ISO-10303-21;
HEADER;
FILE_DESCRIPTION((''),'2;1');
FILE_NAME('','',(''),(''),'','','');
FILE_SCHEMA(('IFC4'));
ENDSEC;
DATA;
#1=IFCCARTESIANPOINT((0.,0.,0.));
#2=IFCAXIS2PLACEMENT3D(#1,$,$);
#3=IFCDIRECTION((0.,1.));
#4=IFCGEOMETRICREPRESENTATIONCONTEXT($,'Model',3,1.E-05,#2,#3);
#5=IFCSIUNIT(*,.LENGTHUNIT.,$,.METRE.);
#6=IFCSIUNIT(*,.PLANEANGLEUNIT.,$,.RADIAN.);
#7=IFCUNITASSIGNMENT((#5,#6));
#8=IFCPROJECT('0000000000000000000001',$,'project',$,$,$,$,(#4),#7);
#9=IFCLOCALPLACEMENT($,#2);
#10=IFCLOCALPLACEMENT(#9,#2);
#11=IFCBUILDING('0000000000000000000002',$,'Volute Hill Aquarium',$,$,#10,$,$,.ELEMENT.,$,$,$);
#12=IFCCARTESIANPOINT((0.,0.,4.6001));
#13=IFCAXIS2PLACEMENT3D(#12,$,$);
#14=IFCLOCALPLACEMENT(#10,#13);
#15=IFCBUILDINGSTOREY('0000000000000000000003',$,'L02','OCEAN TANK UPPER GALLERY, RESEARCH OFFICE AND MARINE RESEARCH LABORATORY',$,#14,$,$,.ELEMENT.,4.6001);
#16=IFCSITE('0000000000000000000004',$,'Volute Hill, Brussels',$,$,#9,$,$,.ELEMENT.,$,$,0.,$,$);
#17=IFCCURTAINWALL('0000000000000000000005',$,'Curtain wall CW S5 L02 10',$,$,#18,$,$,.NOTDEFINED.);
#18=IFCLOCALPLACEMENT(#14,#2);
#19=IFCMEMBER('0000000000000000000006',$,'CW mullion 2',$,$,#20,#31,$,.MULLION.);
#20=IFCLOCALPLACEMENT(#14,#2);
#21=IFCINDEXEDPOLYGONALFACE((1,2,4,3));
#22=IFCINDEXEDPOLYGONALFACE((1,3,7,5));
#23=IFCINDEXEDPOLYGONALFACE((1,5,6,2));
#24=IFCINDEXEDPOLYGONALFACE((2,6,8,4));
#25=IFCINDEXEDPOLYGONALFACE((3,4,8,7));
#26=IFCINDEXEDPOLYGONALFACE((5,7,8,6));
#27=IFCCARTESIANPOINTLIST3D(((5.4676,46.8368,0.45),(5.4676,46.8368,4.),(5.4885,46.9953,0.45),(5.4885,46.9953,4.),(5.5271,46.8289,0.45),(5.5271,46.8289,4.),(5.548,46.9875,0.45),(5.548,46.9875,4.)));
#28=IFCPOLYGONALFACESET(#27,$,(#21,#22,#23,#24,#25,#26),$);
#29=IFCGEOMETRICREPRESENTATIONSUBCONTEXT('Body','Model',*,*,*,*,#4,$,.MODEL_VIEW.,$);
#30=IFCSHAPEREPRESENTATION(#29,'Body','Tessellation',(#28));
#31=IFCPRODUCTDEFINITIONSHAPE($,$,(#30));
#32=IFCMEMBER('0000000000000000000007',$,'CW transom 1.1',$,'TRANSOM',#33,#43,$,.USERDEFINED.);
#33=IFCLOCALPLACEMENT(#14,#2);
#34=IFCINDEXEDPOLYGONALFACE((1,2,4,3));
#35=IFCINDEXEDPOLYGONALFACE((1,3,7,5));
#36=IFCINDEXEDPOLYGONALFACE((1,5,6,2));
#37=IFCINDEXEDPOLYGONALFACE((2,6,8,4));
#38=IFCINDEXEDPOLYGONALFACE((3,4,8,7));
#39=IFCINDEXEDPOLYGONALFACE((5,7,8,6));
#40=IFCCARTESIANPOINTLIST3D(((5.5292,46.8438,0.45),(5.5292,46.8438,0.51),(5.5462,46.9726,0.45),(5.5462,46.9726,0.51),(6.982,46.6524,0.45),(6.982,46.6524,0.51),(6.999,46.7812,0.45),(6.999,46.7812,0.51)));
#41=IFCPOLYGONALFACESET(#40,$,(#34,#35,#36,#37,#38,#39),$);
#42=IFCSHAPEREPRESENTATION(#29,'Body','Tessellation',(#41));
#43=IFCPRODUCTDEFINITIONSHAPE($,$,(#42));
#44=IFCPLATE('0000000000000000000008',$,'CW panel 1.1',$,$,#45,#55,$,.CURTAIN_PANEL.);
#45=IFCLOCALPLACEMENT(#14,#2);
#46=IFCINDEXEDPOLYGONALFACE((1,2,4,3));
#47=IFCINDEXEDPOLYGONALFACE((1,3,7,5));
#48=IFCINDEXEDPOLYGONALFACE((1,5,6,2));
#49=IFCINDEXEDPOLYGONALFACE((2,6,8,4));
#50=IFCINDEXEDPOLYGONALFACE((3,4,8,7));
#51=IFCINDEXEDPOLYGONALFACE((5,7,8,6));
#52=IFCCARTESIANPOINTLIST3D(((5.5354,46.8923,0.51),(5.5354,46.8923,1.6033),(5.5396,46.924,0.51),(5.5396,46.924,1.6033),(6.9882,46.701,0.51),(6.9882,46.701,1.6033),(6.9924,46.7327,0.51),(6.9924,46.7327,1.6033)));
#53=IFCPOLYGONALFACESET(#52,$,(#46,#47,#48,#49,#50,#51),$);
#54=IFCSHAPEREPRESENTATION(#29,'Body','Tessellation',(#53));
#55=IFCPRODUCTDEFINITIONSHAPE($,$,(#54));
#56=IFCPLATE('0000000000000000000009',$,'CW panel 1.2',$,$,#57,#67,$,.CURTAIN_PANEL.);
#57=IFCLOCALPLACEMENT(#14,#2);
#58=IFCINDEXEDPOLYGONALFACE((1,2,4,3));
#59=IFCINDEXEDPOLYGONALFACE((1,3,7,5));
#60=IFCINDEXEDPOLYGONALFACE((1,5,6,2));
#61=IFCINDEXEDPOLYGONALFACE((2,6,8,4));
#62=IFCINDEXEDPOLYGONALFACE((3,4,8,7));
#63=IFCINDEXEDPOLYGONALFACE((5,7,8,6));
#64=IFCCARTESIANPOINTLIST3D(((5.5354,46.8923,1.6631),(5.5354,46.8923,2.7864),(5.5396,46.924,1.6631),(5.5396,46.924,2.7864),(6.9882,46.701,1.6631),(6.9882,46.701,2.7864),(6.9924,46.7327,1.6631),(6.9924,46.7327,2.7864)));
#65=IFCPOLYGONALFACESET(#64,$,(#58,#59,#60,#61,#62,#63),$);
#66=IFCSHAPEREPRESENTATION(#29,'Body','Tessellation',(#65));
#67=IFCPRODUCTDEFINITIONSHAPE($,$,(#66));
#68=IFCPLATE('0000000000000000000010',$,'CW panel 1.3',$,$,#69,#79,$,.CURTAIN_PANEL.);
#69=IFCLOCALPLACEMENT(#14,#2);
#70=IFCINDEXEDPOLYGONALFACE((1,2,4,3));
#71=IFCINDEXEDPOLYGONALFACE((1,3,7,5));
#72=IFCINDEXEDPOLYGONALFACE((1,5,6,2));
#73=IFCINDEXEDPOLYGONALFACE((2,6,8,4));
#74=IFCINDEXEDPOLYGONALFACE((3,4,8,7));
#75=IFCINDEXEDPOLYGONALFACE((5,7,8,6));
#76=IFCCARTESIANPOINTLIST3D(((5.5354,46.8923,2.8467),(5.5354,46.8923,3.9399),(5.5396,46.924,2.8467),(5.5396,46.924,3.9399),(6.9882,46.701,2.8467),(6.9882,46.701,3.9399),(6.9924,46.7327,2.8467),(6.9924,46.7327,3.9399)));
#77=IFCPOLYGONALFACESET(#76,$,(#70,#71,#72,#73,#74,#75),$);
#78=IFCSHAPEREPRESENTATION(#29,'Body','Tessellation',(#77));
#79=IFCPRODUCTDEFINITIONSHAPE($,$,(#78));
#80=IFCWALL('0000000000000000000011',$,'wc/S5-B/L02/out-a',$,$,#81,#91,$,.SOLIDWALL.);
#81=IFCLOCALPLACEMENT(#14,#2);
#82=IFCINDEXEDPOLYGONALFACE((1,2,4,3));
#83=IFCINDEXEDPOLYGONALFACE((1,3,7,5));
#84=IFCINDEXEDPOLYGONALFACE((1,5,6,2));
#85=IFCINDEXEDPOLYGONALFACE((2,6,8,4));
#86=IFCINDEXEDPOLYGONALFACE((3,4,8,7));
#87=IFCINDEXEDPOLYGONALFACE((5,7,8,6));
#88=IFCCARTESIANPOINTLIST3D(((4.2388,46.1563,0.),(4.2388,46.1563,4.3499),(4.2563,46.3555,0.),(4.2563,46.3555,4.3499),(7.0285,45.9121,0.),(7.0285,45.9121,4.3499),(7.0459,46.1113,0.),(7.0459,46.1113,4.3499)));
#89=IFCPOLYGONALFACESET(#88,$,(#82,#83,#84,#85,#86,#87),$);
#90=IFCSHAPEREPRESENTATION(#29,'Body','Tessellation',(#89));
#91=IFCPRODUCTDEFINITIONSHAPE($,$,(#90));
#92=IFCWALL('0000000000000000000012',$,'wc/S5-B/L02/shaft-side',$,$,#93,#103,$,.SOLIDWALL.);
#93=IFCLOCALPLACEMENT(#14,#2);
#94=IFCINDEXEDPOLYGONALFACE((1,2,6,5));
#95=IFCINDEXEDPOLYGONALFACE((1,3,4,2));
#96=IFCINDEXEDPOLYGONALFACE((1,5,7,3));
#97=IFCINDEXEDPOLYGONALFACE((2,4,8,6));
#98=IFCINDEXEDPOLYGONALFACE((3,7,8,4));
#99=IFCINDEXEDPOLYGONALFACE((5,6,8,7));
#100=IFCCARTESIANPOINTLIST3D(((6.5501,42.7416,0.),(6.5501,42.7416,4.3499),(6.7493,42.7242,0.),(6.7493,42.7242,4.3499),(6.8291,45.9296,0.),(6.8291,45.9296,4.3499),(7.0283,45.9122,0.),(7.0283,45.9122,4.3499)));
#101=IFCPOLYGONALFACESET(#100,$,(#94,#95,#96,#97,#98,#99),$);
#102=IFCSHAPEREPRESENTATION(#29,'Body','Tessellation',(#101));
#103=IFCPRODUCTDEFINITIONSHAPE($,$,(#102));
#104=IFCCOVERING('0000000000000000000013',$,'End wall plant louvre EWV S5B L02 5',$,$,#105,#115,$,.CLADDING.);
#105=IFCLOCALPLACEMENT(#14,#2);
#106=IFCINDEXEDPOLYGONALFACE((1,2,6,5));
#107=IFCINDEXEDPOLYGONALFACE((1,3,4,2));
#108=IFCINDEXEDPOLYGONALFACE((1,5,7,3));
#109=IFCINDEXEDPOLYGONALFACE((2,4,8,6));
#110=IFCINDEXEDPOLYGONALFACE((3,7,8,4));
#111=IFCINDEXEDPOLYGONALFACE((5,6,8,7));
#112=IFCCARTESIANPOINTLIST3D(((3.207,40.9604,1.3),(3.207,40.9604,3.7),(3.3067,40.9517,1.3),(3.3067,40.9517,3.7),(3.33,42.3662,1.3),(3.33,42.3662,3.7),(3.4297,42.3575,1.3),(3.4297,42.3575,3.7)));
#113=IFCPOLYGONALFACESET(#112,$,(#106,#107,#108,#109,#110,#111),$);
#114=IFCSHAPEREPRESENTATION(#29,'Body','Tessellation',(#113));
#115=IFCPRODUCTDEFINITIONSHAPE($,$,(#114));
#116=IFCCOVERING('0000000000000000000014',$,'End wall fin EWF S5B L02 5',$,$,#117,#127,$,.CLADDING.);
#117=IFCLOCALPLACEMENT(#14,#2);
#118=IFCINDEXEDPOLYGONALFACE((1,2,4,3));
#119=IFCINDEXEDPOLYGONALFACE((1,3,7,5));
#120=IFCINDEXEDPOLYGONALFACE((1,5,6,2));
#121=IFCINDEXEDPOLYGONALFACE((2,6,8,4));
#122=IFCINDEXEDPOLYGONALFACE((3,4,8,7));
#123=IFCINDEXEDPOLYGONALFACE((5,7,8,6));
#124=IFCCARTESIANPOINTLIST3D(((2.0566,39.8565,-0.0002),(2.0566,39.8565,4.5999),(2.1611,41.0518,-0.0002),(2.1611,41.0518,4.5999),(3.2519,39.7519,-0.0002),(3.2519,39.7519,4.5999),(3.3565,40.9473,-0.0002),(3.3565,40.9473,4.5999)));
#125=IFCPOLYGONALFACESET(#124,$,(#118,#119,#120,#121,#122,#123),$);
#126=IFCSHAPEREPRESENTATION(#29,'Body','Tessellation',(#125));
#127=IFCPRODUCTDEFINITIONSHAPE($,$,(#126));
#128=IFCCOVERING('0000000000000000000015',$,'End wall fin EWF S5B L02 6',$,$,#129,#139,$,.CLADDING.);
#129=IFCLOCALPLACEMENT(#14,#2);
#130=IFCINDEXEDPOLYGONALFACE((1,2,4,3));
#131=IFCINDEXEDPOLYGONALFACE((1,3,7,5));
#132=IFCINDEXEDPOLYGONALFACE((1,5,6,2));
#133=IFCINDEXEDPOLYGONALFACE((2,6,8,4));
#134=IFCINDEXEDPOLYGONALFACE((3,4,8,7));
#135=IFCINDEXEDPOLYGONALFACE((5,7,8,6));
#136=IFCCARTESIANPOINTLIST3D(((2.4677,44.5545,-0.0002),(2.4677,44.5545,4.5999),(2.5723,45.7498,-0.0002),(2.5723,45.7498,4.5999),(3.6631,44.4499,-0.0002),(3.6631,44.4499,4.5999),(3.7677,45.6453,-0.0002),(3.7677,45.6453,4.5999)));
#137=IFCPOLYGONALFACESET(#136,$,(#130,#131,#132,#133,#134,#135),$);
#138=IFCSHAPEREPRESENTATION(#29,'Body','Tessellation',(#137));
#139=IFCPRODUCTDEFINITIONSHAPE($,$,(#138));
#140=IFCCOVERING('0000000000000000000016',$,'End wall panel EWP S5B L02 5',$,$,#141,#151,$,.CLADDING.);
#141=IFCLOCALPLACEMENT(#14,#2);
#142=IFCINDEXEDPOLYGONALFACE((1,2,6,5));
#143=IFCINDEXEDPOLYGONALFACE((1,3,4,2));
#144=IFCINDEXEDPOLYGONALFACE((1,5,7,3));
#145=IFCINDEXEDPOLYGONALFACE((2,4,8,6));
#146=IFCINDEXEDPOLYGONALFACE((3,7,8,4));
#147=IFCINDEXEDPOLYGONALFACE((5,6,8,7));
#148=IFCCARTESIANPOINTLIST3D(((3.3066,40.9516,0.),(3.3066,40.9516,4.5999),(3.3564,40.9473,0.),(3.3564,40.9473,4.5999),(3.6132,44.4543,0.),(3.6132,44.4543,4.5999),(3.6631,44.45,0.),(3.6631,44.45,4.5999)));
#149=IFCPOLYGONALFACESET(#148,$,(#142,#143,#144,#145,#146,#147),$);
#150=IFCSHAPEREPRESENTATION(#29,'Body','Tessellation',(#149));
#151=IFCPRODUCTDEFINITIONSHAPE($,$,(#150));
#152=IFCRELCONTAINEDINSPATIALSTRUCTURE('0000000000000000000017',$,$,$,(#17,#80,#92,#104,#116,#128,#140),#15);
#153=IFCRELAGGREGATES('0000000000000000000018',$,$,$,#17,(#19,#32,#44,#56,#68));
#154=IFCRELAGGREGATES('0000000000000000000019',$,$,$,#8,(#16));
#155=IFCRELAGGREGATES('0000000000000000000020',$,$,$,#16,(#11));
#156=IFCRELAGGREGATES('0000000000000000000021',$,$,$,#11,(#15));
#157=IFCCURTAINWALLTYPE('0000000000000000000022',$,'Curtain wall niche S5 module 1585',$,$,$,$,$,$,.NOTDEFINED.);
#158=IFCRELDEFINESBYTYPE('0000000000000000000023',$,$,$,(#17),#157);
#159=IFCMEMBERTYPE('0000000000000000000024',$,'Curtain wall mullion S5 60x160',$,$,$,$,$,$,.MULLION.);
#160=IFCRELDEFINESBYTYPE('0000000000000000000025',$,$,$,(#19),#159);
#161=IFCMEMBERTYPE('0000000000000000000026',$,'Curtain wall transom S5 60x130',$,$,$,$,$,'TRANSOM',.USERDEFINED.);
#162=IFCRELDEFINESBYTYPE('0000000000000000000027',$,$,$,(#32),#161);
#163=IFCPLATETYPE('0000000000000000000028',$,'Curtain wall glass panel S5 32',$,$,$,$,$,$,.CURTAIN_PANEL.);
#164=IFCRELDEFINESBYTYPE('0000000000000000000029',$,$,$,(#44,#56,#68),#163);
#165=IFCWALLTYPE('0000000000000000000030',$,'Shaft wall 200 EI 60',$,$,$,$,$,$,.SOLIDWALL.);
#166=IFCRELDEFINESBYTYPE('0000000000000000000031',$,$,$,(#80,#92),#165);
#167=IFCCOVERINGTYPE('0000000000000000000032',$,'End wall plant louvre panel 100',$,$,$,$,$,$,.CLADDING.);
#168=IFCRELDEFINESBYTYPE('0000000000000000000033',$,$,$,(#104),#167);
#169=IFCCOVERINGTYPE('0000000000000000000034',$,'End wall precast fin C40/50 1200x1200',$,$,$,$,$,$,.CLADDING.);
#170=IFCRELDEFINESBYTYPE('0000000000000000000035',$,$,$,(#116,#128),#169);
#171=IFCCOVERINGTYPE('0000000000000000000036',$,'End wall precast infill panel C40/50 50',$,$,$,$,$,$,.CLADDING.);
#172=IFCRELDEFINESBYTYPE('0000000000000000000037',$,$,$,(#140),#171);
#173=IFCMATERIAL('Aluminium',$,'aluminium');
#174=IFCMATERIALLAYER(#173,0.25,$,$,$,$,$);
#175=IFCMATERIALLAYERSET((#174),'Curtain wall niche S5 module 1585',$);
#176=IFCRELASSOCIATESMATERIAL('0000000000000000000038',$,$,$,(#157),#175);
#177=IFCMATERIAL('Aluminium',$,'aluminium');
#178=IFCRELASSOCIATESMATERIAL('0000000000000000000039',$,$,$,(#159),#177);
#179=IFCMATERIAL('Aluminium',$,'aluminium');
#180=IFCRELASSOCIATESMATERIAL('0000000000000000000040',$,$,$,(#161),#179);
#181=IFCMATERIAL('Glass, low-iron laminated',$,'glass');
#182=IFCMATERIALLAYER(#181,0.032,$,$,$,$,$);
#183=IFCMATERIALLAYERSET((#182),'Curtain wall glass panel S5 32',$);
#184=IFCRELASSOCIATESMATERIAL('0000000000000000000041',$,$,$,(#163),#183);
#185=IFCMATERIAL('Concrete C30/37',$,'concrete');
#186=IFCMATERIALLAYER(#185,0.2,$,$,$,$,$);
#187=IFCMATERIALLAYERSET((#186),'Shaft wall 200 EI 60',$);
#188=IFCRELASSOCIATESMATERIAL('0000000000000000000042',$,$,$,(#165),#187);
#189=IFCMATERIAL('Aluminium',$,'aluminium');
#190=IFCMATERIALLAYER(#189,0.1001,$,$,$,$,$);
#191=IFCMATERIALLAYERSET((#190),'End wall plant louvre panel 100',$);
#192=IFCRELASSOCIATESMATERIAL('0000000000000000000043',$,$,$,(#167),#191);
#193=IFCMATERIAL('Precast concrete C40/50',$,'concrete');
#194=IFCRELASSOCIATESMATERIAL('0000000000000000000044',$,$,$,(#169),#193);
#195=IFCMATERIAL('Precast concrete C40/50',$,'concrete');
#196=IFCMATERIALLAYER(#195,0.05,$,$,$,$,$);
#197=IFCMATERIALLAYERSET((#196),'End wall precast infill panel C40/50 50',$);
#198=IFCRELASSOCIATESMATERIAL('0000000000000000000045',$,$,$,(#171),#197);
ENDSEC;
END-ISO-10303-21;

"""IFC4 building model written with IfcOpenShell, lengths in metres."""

from ifc_helpers import new_model, si_unit, direction, frame, frame_2d, origin, origin_2d, place, context, subcontext, project, spatial, polyline, rectangle, outline, extrude, material, layer, layer_set, material_profile, profile_set, type_object, element, aggregate, save


model = new_model("IFC4")

# Units and contexts
model_context = context("Model", 3, precision=1e-05, world=origin(), true_north=direction((0.0, 1.0)))
body_context = subcontext(model_context, "Body", "Model", "MODEL_VIEW")
ifc_project = project(units=[si_unit("LENGTHUNIT", "METRE"), si_unit("PLANEANGLEUNIT", "RADIAN")], contexts=[model_context])

# Site, building, storey
site_placement = place(None, origin())
site = spatial("IfcSite", under=ifc_project, at=site_placement, Name="Volute Hill, Brussels", CompositionType="ELEMENT", RefElevation=0.0)
building_placement = place(site_placement, origin())
building = spatial("IfcBuilding", under=site, at=building_placement, Name="Volute Hill Aquarium", CompositionType="ELEMENT")
storey_placement = place(building_placement, frame((0.0, 0.0, 4.6001)))
storey = spatial("IfcBuildingStorey", under=building, at=storey_placement, Name="L02", Description="OCEAN TANK UPPER GALLERY, RESEARCH OFFICE AND MARINE RESEARCH LABORATORY", CompositionType="ELEMENT", Elevation=4.6001)

# Curtain wall, members, plates
ifc_material_1 = material(Name="Aluminium", Category="aluminium")
ifc_layer_1 = layer(ifc_material_1, 0.25)
ifc_layer_set_1 = layer_set([ifc_layer_1], Name="Curtain wall niche S5 module 1585")
curtain_wall_type = type_object("IfcCurtainWallType", Name="Curtain wall niche S5 module 1585", PredefinedType="NOTDEFINED", material=ifc_layer_set_1)
curtain_wall_placement = place(storey_placement, origin())
curtain_wall = element("IfcCurtainWall", 1, at=curtain_wall_placement, inside=storey, type_object=curtain_wall_type, Name="Curtain wall CW S5 L02 10", PredefinedType="NOTDEFINED")
ifc_material_2 = material(Name="Aluminium", Category="aluminium")
ifc_material_profile_1 = material_profile(ifc_material_2, rectangle(XDim=0.1599, YDim=0.0601, at=origin_2d()), Name="Curtain wall mullion S5 60x160")
ifc_profile_set_1 = profile_set([ifc_material_profile_1], Name="Aluminium")
member_type_1 = type_object("IfcMemberType", Name="Curtain wall mullion S5 60x160", PredefinedType="MULLION", material=ifc_profile_set_1)
member_1_placement = place(storey_placement, frame((5.5078, 46.9121, 0.45), z_axis=(0.0, 0.0, 1.0), x_axis=(-0.130539, -0.991443, 0.0)))
member_1 = element("IfcMember", 2, at=member_1_placement, type_object=member_type_1, Name="CW mullion 2", PredefinedType="MULLION", context=body_context, shape_type="SweptSolid", body=[
    extrude(rectangle(XDim=0.1599, YDim=0.0601, at=origin_2d()), origin(), (0.0, 0.0, 1.0), 3.55),
])
ifc_material_3 = material(Name="Aluminium", Category="aluminium")
ifc_material_profile_2 = material_profile(ifc_material_3, rectangle(XDim=0.1299, YDim=0.0601, at=origin_2d()), Name="Curtain wall transom S5 60x130")
ifc_profile_set_2 = profile_set([ifc_material_profile_2], Name="Aluminium")
member_type_2 = type_object("IfcMemberType", Name="Curtain wall transom S5 60x130", ElementType="TRANSOM", PredefinedType="USERDEFINED", material=ifc_profile_set_2)
member_2_placement = place(storey_placement, frame((6.9905, 46.7168, 0.48), z_axis=(-0.991433, 0.130614, 0.0), x_axis=(-0.130614, -0.991433, 0.0)))
member_2 = element("IfcMember", 3, at=member_2_placement, type_object=member_type_2, Name="CW transom 1.1", ObjectType="TRANSOM", PredefinedType="USERDEFINED", context=body_context, shape_type="SweptSolid", body=[
    extrude(rectangle(XDim=0.1299, YDim=0.0601, at=origin_2d()), origin(), (0.0, 0.0, 1.0), 1.4653),
])
ifc_material_4 = material(Name="Glass, low-iron laminated", Category="glass")
ifc_layer_2 = layer(ifc_material_4, 0.032)
ifc_layer_set_2 = layer_set([ifc_layer_2], Name="Curtain wall glass panel S5 32")
plate_type = type_object("IfcPlateType", Name="Curtain wall glass panel S5 32", PredefinedType="CURTAIN_PANEL", material=ifc_layer_set_2)
plate_1_placement = place(storey_placement, frame((6.2639, 46.8125, 0.51), z_axis=(0.0, 0.0, 1.0), x_axis=(-0.991443, 0.130539, 0.0)))
plate_1 = element("IfcPlate", 4, at=plate_1_placement, type_object=plate_type, Name="CW panel 1.1", PredefinedType="CURTAIN_PANEL", context=body_context, shape_type="SweptSolid", body=[
    extrude(rectangle(XDim=1.4653, YDim=0.032, at=origin_2d()), origin(), (0.0, 0.0, 1.0), 1.0933),
])
plate_2_placement = place(storey_placement, frame((6.2639, 46.8125, 1.6631), z_axis=(0.0, 0.0, 1.0), x_axis=(-0.991443, 0.130539, 0.0)))
plate_2 = element("IfcPlate", 5, at=plate_2_placement, type_object=plate_type, Name="CW panel 1.2", PredefinedType="CURTAIN_PANEL", context=body_context, shape_type="SweptSolid", body=[
    extrude(rectangle(XDim=1.4653, YDim=0.032, at=origin_2d()), origin(), (0.0, 0.0, 1.0), 1.1233),
])
plate_3_placement = place(storey_placement, frame((6.2639, 46.8125, 2.8467), z_axis=(0.0, 0.0, 1.0), x_axis=(-0.991443, 0.130539, 0.0)))
plate_3 = element("IfcPlate", 6, at=plate_3_placement, type_object=plate_type, Name="CW panel 1.3", PredefinedType="CURTAIN_PANEL", context=body_context, shape_type="SweptSolid", body=[
    extrude(rectangle(XDim=1.4653, YDim=0.032, at=origin_2d()), origin(), (0.0, 0.0, 1.0), 1.0933),
])
aggregate(curtain_wall, [member_1, member_2, plate_1, plate_2, plate_3])

# Wall
ifc_material_5 = material(Name="Concrete C30/37", Category="concrete")
ifc_layer_3 = layer(ifc_material_5, 0.2)
ifc_layer_set_3 = layer_set([ifc_layer_3], Name="Shaft wall 200 EI 60")
wall_type = type_object("IfcWallType", Name="Shaft wall 200 EI 60", PredefinedType="SOLIDWALL", material=ifc_layer_set_3)
wall_1_placement = place(storey_placement, frame((4.2476, 46.2559, 0.0), z_axis=(0.0, 0.0, 1.0), x_axis=(0.996192, -0.087186, 0.0)))
element("IfcWall", 7, at=wall_1_placement, inside=storey, type_object=wall_type, Name="wc/S5-B/L02/out-a", PredefinedType="SOLIDWALL", context=body_context, shape_type="SweptSolid", body=[
    extrude(rectangle(XDim=2.8003, YDim=0.2, at=frame_2d((1.4001, 0.0))), origin(), (0.0, 0.0, 1.0), 4.3499),
])

# Wall
wall_2_placement = place(storey_placement, frame((6.6497, 42.7329, 0.0), z_axis=(0.0, 0.0, 1.0), x_axis=(0.087199, 0.996191, 0.0)))
element("IfcWall", 8, at=wall_2_placement, inside=storey, type_object=wall_type, Name="wc/S5-B/L02/shaft-side", PredefinedType="SOLIDWALL", context=body_context, shape_type="SweptSolid", body=[
    extrude(rectangle(XDim=3.2002, YDim=0.2, at=frame_2d((1.6001, 0.0))), origin(), (0.0, 0.0, 1.0), 4.3499),
])

# Coverings
ifc_material_6 = material(Name="Aluminium", Category="aluminium")
ifc_layer_4 = layer(ifc_material_6, 0.1001)
ifc_layer_set_4 = layer_set([ifc_layer_4], Name="End wall plant louvre panel 100")
covering_type_1 = type_object("IfcCoveringType", Name="End wall plant louvre panel 100", PredefinedType="CLADDING", material=ifc_layer_set_4)
covering_1_placement = place(storey_placement, frame((3.3184, 41.6589, 1.3), z_axis=(0.0, 0.0, 1.0), x_axis=(0.087153, 0.996195, 0.0)))
element("IfcCovering", 9, at=covering_1_placement, inside=storey, type_object=covering_type_1, Name="End wall plant louvre EWV S5B L02 5", PredefinedType="CLADDING", context=body_context, shape_type="SweptSolid", body=[
    extrude(rectangle(XDim=1.4111, YDim=0.1001, at=origin_2d()), origin(), (0.0, 0.0, 1.0), 2.3999),
])
ifc_material_7 = material(Name="Precast concrete C40/50", Category="concrete")
covering_type_2 = type_object("IfcCoveringType", Name="End wall precast fin C40/50 1200x1200", PredefinedType="CLADDING", material=ifc_material_7)
for number, where, z_axis, x_axis, name in (
    (10, (2.7065, 40.4019, -0.0002), (0.0, 0.0, 1.0), (0.087153, 0.996195, 0.0), "End wall fin EWF S5B L02 5"),
    (11, (3.1177, 45.0999, -0.0002), (0.0, 0.0, 1.0), (0.087153, 0.996195, 0.0), "End wall fin EWF S5B L02 6"),
):
    element("IfcCovering", number, at=place(storey_placement, frame(where, z_axis=z_axis, x_axis=x_axis)), inside=storey, type_object=covering_type_2, Name=name, PredefinedType="CLADDING", context=body_context, shape_type="SweptSolid", body=[
        extrude(rectangle(XDim=1.2, YDim=1.2, at=origin_2d()), origin(), (0.0, 0.0, 1.0), 4.6001),
    ])
ifc_material_8 = material(Name="Precast concrete C40/50", Category="concrete")
ifc_layer_5 = layer(ifc_material_8, 0.05)
ifc_layer_set_5 = layer_set([ifc_layer_5], Name="End wall precast infill panel C40/50 50")
covering_type_3 = type_object("IfcCoveringType", Name="End wall precast infill panel C40/50 50", PredefinedType="CLADDING", material=ifc_layer_set_5)
covering_2_placement = place(storey_placement, frame((3.3564, 40.9473, 0.0), z_axis=(0.99619, -0.087211, 0.0), x_axis=(0.087211, 0.99619, 0.0)))
element("IfcCovering", 12, at=covering_2_placement, inside=storey, type_object=covering_type_3, Name="End wall panel EWP S5B L02 5", PredefinedType="CLADDING", context=body_context, shape_type="SweptSolid", body=[
    extrude(outline(polyline([(0.0, 0.0), (3.5161, 0.0), (3.5161, 4.5999), (0.0, 4.5999), (0.0, 0.0)])), origin(), (0.0, 0.0, -1.0), 0.05),
])

save(model, "model.ifc")
